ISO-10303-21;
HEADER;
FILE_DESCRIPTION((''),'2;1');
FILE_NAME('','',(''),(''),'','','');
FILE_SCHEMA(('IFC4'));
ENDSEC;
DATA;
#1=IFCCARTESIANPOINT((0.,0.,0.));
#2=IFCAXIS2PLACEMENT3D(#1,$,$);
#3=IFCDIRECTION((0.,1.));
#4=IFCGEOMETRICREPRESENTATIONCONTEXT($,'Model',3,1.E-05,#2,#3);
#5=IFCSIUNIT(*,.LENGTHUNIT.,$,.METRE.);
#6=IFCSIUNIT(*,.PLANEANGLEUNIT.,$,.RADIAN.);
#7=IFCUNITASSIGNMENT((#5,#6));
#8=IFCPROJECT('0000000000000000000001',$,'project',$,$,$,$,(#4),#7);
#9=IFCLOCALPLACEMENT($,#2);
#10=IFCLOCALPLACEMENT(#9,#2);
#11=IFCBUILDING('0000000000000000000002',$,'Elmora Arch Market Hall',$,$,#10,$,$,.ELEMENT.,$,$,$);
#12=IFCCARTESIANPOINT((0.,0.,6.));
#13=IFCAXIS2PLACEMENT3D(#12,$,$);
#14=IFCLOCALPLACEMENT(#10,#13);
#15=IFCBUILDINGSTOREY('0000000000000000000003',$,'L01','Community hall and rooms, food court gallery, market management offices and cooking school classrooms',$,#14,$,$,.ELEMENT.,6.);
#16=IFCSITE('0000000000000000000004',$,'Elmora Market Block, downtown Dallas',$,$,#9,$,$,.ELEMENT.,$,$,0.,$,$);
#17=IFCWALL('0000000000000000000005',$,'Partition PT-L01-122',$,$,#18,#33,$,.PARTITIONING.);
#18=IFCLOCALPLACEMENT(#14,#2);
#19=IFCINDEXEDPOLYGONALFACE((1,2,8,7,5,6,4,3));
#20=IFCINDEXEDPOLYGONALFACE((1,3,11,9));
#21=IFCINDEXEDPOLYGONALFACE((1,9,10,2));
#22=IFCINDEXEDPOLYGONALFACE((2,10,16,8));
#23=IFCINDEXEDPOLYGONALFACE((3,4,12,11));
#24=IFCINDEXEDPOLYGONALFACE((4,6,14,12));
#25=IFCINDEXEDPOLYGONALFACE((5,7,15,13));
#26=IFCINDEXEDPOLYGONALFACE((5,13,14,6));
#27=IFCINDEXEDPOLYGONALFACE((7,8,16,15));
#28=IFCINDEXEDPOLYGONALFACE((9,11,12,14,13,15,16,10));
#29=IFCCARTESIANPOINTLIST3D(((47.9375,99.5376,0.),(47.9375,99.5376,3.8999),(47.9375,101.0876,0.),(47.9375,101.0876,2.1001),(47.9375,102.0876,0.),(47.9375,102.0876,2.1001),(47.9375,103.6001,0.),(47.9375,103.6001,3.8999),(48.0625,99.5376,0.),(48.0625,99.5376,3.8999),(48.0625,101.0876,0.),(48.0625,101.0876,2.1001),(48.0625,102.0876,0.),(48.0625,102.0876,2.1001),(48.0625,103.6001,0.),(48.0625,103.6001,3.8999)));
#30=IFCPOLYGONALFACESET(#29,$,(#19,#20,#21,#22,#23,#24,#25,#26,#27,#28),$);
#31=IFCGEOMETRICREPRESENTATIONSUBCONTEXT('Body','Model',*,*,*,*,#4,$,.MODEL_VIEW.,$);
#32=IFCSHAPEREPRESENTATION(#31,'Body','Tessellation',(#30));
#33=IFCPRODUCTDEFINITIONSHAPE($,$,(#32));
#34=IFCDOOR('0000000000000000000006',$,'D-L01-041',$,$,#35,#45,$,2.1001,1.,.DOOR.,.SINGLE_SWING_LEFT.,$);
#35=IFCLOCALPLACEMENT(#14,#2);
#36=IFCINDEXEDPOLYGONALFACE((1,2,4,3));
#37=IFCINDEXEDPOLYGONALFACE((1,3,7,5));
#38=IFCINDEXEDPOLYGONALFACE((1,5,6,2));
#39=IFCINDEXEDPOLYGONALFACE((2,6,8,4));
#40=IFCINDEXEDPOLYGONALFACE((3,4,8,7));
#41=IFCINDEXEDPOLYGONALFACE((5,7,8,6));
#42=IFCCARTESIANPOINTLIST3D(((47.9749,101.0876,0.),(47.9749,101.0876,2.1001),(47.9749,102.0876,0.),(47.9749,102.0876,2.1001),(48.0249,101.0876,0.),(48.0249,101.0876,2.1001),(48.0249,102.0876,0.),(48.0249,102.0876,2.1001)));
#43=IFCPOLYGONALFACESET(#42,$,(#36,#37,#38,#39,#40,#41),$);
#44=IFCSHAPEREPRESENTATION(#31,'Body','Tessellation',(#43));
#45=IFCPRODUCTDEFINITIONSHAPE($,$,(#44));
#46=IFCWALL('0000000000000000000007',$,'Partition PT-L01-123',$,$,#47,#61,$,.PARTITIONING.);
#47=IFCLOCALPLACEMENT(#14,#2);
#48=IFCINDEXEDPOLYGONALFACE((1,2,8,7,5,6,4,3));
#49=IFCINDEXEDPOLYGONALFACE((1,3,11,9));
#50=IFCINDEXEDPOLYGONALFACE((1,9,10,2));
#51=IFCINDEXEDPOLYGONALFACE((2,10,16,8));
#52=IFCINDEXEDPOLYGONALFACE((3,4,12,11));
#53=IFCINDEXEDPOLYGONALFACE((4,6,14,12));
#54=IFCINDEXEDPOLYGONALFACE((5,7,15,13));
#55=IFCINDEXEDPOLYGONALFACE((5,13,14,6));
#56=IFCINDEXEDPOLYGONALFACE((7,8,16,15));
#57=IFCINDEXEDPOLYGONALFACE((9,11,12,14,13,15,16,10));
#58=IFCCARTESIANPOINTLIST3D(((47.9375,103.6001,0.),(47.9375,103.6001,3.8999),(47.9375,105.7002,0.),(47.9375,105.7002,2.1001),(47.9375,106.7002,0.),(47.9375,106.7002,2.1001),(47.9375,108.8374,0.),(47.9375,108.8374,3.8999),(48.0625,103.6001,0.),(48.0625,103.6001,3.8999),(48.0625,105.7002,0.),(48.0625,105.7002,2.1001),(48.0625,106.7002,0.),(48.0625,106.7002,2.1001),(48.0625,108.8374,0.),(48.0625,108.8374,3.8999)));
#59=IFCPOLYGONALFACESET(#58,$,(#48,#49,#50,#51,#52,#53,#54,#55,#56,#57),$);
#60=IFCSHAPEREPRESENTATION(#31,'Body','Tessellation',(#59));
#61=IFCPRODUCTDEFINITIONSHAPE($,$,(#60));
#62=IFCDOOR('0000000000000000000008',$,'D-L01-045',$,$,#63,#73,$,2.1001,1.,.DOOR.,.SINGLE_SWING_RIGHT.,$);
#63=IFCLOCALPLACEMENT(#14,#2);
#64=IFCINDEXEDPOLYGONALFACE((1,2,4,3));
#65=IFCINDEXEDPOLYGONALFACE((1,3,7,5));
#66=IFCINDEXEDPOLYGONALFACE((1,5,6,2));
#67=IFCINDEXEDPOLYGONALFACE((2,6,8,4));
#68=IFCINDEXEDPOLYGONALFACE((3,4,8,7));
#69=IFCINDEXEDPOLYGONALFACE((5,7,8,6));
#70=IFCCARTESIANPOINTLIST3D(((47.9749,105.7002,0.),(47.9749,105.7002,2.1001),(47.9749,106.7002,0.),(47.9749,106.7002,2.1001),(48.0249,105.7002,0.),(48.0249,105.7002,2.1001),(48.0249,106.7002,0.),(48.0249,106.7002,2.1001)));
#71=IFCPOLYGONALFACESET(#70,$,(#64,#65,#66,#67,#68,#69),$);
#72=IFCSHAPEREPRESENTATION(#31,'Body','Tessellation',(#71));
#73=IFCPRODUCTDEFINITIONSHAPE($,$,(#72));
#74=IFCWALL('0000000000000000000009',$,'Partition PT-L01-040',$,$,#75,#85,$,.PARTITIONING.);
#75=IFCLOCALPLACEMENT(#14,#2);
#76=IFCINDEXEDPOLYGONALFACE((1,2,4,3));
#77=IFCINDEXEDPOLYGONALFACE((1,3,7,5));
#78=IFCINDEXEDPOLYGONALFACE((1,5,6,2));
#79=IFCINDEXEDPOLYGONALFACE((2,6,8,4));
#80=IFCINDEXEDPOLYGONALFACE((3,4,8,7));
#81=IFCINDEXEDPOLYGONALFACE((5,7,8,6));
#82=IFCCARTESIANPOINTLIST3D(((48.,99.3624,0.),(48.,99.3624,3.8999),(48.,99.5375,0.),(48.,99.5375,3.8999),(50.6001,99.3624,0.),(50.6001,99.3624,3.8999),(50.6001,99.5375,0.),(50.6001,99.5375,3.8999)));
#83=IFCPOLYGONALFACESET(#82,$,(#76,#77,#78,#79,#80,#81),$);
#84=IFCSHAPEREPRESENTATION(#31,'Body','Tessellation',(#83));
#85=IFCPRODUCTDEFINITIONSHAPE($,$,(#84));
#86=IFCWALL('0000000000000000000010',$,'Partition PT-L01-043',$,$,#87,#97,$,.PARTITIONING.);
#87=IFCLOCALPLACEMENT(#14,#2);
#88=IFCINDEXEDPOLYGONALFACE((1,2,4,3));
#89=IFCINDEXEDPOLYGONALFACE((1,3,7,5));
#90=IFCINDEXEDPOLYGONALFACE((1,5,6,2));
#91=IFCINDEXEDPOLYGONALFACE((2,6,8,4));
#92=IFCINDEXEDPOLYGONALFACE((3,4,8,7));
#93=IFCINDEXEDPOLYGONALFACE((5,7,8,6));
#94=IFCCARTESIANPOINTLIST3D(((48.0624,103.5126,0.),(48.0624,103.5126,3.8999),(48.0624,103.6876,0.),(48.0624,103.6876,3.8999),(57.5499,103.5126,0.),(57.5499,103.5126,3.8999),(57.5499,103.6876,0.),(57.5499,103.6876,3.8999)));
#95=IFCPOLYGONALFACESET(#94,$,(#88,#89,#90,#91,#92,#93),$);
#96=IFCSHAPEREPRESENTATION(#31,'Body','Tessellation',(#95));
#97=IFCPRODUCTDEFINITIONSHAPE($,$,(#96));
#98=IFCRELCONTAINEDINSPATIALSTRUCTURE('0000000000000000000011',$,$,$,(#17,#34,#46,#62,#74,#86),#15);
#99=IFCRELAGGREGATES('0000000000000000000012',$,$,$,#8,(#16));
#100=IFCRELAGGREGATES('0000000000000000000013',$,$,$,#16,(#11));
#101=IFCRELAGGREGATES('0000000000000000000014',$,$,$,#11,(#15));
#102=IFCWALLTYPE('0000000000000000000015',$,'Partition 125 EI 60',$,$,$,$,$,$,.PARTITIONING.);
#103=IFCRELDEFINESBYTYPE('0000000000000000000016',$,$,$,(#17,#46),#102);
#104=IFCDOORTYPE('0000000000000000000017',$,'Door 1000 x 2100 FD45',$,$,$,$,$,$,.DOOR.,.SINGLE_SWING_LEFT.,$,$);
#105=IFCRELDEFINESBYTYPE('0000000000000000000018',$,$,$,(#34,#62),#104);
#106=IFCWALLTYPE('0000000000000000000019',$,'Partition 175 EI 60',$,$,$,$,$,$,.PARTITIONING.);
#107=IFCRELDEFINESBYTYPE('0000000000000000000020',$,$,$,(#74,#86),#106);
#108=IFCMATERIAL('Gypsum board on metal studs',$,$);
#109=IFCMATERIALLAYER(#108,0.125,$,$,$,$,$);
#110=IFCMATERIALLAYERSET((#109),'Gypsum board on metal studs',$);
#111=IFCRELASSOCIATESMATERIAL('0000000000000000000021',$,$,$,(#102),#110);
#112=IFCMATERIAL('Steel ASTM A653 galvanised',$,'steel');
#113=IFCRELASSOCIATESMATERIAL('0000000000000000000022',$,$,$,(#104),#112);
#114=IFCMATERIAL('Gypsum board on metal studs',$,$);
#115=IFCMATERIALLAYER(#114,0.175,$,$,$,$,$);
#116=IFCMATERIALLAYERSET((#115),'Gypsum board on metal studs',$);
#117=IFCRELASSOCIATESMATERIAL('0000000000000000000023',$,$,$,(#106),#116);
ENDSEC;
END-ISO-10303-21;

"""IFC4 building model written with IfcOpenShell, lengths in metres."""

from ifc_helpers import new_model, si_unit, direction, frame, frame_2d, origin, place, context, subcontext, project, spatial, rectangle, extrude, material, layer, layer_set, type_object, element, fill, save


model = new_model("IFC4")

# Units and contexts
model_context = context("Model", 3, precision=1e-05, world=origin(), true_north=direction((0.0, 1.0)))
body_context = subcontext(model_context, "Body", "Model", "MODEL_VIEW")
ifc_project = project(units=[si_unit("LENGTHUNIT", "METRE"), si_unit("PLANEANGLEUNIT", "RADIAN")], contexts=[model_context])

# Site, building, storey
site_placement = place(None, origin())
site = spatial("IfcSite", under=ifc_project, at=site_placement, Name="Elmora Market Block, downtown Dallas", CompositionType="ELEMENT", RefElevation=0.0)
building_placement = place(site_placement, origin())
building = spatial("IfcBuilding", under=site, at=building_placement, Name="Elmora Arch Market Hall", CompositionType="ELEMENT")
storey_placement = place(building_placement, frame((0.0, 0.0, 6.0)))
storey = spatial("IfcBuildingStorey", under=building, at=storey_placement, Name="L01", Description="Community hall and rooms, food court gallery, market management offices and cooking school classrooms", CompositionType="ELEMENT", Elevation=6.0)

# Shared definitions
ifc_material_1 = material(Name="Gypsum board on metal studs")
ifc_layer_1 = layer(ifc_material_1, 0.125)
ifc_layer_set_1 = layer_set([ifc_layer_1], Name="Gypsum board on metal studs")
wall_type_1 = type_object("IfcWallType", Name="Partition 125 EI 60", PredefinedType="PARTITIONING", material=ifc_layer_set_1)

# Walls, openings, doors
wall_1_placement = place(storey_placement, frame((48.0, 99.5376, 0.0), z_axis=(0.0, 0.0, 1.0), x_axis=(0.0, 1.0, 0.0)))
wall_1 = element("IfcWall", 1, at=wall_1_placement, inside=storey, type_object=wall_type_1, Name="Partition PT-L01-122", PredefinedType="PARTITIONING", context=body_context, shape_type="SweptSolid", body=[
    extrude(rectangle(XDim=4.0625, YDim=0.125, at=frame_2d((2.0312, 0.0))), origin(), (0.0, 0.0, 1.0), 3.8999),
])
opening_1_placement = place(wall_1_placement, frame((1.55, 0.0, 0.0)))
opening_1 = element("IfcOpeningElement", 2, at=opening_1_placement, cuts=wall_1, PredefinedType="OPENING", context=body_context, shape_type="SweptSolid", body=[
    extrude(rectangle(XDim=1.0, YDim=2.1001, at=frame_2d((0.5, 1.05))), frame((0.0, 0.0725, 0.0), z_axis=(0.0, -1.0, 0.0), x_axis=(1.0, 0.0, 0.0)), (0.0, 0.0, 1.0), 0.145),
])
ifc_material_2 = material(Name="Steel ASTM A653 galvanised", Category="steel")
door_type_1 = type_object("IfcDoorType", Name="Door 1000 x 2100 FD45", OperationType="SINGLE_SWING_LEFT", PredefinedType="DOOR", material=ifc_material_2)
door_1_placement = place(opening_1_placement, frame((1.0, 0.0, 0.0), z_axis=(0.0, 0.0, 1.0), x_axis=(-1.0, 0.0, 0.0)))
door_1 = element("IfcDoor", 3, at=door_1_placement, inside=storey, type_object=door_type_1, Name="D-L01-041", OperationType="SINGLE_SWING_LEFT", OverallHeight=2.1001, OverallWidth=1.0, PredefinedType="DOOR", context=body_context, shape_type="SweptSolid", body=[
    extrude(rectangle(XDim=1.0, YDim=2.1001, at=frame_2d((0.5, 1.05))), frame((0.0, 0.0249, 0.0), z_axis=(0.0, -1.0, 0.0), x_axis=(1.0, 0.0, 0.0)), (0.0, 0.0, 1.0), 0.05),
])
fill(opening_1, door_1)
wall_2_placement = place(storey_placement, frame((48.0, 103.6001, 0.0), z_axis=(0.0, 0.0, 1.0), x_axis=(0.0, 1.0, 0.0)))
wall_2 = element("IfcWall", 4, at=wall_2_placement, inside=storey, type_object=wall_type_1, Name="Partition PT-L01-123", PredefinedType="PARTITIONING", context=body_context, shape_type="SweptSolid", body=[
    extrude(rectangle(XDim=5.2373, YDim=0.125, at=frame_2d((2.6187, 0.0))), origin(), (0.0, 0.0, 1.0), 3.8999),
])
opening_2_placement = place(wall_2_placement, frame((2.1001, 0.0, 0.0)))
opening_2 = element("IfcOpeningElement", 5, at=opening_2_placement, cuts=wall_2, PredefinedType="OPENING", context=body_context, shape_type="SweptSolid", body=[
    extrude(rectangle(XDim=1.0, YDim=2.1001, at=frame_2d((0.5, 1.05))), frame((0.0, 0.0725, 0.0), z_axis=(0.0, -1.0, 0.0), x_axis=(1.0, 0.0, 0.0)), (0.0, 0.0, 1.0), 0.145),
])
door_2_placement = place(opening_2_placement, frame((1.0, 0.0, 0.0), z_axis=(0.0, 0.0, 1.0), x_axis=(-1.0, 0.0, 0.0)))
door_2 = element("IfcDoor", 6, at=door_2_placement, inside=storey, type_object=door_type_1, Name="D-L01-045", OperationType="SINGLE_SWING_RIGHT", OverallHeight=2.1001, OverallWidth=1.0, PredefinedType="DOOR", context=body_context, shape_type="SweptSolid", body=[
    extrude(rectangle(XDim=1.0, YDim=2.1001, at=frame_2d((0.5, 1.05))), frame((0.0, 0.0249, 0.0), z_axis=(0.0, -1.0, 0.0), x_axis=(1.0, 0.0, 0.0)), (0.0, 0.0, 1.0), 0.05),
])
fill(opening_2, door_2)

# Walls
ifc_material_3 = material(Name="Gypsum board on metal studs")
ifc_layer_2 = layer(ifc_material_3, 0.175)
ifc_layer_set_2 = layer_set([ifc_layer_2], Name="Gypsum board on metal studs")
wall_type_2 = type_object("IfcWallType", Name="Partition 175 EI 60", PredefinedType="PARTITIONING", material=ifc_layer_set_2)
wall_3_placement = place(storey_placement, frame((48.0, 99.45, 0.0), z_axis=(0.0, 0.0, 1.0), x_axis=(1.0, 0.0, 0.0)))
element("IfcWall", 7, at=wall_3_placement, inside=storey, type_object=wall_type_2, Name="Partition PT-L01-040", PredefinedType="PARTITIONING", context=body_context, shape_type="SweptSolid", body=[
    extrude(rectangle(XDim=2.6001, YDim=0.175, at=frame_2d((1.3, 0.0))), origin(), (0.0, 0.0, 1.0), 3.8999),
])
wall_4_placement = place(storey_placement, frame((48.0625, 103.6001, 0.0), z_axis=(0.0, 0.0, 1.0), x_axis=(1.0, 0.0, 0.0)))
element("IfcWall", 8, at=wall_4_placement, inside=storey, type_object=wall_type_2, Name="Partition PT-L01-043", PredefinedType="PARTITIONING", context=body_context, shape_type="SweptSolid", body=[
    extrude(rectangle(XDim=9.4875, YDim=0.175, at=frame_2d((4.7437, 0.0))), origin(), (0.0, 0.0, 1.0), 3.8999),
])

save(model, "model.ifc")
